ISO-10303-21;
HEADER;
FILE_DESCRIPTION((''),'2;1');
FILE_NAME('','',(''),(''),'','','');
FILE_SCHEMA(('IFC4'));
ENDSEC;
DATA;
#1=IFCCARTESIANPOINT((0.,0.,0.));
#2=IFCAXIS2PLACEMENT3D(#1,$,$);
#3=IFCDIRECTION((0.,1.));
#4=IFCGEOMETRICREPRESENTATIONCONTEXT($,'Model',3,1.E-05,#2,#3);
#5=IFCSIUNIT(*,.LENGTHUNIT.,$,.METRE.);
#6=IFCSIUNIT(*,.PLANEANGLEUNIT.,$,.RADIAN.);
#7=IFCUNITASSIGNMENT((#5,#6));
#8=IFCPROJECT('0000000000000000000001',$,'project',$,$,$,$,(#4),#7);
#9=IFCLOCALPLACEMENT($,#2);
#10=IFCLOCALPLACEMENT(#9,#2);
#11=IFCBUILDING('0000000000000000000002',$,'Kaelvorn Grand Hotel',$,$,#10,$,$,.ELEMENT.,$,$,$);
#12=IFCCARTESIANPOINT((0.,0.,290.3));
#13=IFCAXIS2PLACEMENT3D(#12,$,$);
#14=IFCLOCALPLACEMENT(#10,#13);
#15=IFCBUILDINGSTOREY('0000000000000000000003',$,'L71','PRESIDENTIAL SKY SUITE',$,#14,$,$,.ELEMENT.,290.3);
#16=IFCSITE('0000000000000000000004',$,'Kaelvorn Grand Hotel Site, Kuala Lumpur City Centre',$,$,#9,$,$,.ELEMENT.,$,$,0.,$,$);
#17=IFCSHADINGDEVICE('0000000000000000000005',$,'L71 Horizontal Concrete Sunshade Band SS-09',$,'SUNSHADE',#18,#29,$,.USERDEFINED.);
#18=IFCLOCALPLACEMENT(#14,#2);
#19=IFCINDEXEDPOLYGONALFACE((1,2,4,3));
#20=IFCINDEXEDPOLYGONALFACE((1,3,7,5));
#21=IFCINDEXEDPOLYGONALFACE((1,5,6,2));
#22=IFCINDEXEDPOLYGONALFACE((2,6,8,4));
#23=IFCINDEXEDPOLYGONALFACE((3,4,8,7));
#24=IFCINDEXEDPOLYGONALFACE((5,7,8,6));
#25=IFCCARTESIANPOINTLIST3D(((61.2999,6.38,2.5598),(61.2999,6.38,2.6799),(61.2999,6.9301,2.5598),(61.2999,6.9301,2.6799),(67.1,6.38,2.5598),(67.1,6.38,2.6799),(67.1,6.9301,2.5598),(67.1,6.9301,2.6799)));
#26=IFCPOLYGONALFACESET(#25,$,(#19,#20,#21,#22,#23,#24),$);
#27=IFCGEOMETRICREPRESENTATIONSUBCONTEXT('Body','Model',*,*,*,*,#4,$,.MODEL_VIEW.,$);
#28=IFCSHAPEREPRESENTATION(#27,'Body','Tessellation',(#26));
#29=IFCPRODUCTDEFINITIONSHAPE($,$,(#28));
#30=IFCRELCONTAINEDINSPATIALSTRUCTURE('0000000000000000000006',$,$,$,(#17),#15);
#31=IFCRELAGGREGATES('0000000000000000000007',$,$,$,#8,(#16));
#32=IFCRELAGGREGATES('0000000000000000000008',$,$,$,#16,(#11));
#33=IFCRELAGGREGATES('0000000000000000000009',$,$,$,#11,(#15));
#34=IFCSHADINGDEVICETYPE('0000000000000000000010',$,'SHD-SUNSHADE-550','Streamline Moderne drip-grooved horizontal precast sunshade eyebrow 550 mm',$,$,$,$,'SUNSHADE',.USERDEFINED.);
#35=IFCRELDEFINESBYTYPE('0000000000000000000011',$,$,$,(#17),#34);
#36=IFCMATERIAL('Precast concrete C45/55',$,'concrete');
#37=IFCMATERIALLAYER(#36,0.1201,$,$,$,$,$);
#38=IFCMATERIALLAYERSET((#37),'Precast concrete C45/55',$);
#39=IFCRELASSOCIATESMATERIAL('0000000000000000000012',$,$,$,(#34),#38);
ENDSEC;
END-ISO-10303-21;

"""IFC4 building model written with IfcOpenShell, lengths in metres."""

from ifc_helpers import new_model, si_unit, direction, frame, origin, origin_2d, place, context, subcontext, project, spatial, rectangle, extrude, material, layer, layer_set, type_object, element, save


model = new_model("IFC4")

# Units and contexts
model_context = context("Model", 3, precision=1e-05, world=origin(), true_north=direction((0.0, 1.0)))
body_context = subcontext(model_context, "Body", "Model", "MODEL_VIEW")
ifc_project = project(units=[si_unit("LENGTHUNIT", "METRE"), si_unit("PLANEANGLEUNIT", "RADIAN")], contexts=[model_context])

# Site, building, storey
site_placement = place(None, origin())
site = spatial("IfcSite", under=ifc_project, at=site_placement, Name="Kaelvorn Grand Hotel Site, Kuala Lumpur City Centre", CompositionType="ELEMENT", RefElevation=0.0)
building_placement = place(site_placement, origin())
building = spatial("IfcBuilding", under=site, at=building_placement, Name="Kaelvorn Grand Hotel", CompositionType="ELEMENT")
storey_placement = place(building_placement, frame((0.0, 0.0, 290.3)))
storey = spatial("IfcBuildingStorey", under=building, at=storey_placement, Name="L71", Description="PRESIDENTIAL SKY SUITE", CompositionType="ELEMENT", Elevation=290.3)

# Shared definitions
ifc_material_1 = material(Name="Precast concrete C45/55", Category="concrete")

# Shading device
ifc_layer_1 = layer(ifc_material_1, 0.1201)
ifc_layer_set_1 = layer_set([ifc_layer_1], Name="Precast concrete C45/55")
shading_device_type = type_object("IfcShadingDeviceType", Name="SHD-SUNSHADE-550", Description="Streamline Moderne drip-grooved horizontal precast sunshade eyebrow 550 mm", ElementType="SUNSHADE", PredefinedType="USERDEFINED", material=ifc_layer_set_1)
shading_device_placement = place(storey_placement, frame((64.2, 6.655, 2.5598), z_axis=(0.0, 0.0, 1.0), x_axis=(1.0, 0.0, 0.0)))
element("IfcShadingDevice", 1, at=shading_device_placement, inside=storey, type_object=shading_device_type, Name="L71 Horizontal Concrete Sunshade Band SS-09", ObjectType="SUNSHADE", PredefinedType="USERDEFINED", context=body_context, shape_type="SweptSolid", body=[
    extrude(rectangle(XDim=5.8, YDim=0.55, at=origin_2d()), origin(), (0.0, 0.0, 1.0), 0.1201),
])

save(model, "model.ifc")
